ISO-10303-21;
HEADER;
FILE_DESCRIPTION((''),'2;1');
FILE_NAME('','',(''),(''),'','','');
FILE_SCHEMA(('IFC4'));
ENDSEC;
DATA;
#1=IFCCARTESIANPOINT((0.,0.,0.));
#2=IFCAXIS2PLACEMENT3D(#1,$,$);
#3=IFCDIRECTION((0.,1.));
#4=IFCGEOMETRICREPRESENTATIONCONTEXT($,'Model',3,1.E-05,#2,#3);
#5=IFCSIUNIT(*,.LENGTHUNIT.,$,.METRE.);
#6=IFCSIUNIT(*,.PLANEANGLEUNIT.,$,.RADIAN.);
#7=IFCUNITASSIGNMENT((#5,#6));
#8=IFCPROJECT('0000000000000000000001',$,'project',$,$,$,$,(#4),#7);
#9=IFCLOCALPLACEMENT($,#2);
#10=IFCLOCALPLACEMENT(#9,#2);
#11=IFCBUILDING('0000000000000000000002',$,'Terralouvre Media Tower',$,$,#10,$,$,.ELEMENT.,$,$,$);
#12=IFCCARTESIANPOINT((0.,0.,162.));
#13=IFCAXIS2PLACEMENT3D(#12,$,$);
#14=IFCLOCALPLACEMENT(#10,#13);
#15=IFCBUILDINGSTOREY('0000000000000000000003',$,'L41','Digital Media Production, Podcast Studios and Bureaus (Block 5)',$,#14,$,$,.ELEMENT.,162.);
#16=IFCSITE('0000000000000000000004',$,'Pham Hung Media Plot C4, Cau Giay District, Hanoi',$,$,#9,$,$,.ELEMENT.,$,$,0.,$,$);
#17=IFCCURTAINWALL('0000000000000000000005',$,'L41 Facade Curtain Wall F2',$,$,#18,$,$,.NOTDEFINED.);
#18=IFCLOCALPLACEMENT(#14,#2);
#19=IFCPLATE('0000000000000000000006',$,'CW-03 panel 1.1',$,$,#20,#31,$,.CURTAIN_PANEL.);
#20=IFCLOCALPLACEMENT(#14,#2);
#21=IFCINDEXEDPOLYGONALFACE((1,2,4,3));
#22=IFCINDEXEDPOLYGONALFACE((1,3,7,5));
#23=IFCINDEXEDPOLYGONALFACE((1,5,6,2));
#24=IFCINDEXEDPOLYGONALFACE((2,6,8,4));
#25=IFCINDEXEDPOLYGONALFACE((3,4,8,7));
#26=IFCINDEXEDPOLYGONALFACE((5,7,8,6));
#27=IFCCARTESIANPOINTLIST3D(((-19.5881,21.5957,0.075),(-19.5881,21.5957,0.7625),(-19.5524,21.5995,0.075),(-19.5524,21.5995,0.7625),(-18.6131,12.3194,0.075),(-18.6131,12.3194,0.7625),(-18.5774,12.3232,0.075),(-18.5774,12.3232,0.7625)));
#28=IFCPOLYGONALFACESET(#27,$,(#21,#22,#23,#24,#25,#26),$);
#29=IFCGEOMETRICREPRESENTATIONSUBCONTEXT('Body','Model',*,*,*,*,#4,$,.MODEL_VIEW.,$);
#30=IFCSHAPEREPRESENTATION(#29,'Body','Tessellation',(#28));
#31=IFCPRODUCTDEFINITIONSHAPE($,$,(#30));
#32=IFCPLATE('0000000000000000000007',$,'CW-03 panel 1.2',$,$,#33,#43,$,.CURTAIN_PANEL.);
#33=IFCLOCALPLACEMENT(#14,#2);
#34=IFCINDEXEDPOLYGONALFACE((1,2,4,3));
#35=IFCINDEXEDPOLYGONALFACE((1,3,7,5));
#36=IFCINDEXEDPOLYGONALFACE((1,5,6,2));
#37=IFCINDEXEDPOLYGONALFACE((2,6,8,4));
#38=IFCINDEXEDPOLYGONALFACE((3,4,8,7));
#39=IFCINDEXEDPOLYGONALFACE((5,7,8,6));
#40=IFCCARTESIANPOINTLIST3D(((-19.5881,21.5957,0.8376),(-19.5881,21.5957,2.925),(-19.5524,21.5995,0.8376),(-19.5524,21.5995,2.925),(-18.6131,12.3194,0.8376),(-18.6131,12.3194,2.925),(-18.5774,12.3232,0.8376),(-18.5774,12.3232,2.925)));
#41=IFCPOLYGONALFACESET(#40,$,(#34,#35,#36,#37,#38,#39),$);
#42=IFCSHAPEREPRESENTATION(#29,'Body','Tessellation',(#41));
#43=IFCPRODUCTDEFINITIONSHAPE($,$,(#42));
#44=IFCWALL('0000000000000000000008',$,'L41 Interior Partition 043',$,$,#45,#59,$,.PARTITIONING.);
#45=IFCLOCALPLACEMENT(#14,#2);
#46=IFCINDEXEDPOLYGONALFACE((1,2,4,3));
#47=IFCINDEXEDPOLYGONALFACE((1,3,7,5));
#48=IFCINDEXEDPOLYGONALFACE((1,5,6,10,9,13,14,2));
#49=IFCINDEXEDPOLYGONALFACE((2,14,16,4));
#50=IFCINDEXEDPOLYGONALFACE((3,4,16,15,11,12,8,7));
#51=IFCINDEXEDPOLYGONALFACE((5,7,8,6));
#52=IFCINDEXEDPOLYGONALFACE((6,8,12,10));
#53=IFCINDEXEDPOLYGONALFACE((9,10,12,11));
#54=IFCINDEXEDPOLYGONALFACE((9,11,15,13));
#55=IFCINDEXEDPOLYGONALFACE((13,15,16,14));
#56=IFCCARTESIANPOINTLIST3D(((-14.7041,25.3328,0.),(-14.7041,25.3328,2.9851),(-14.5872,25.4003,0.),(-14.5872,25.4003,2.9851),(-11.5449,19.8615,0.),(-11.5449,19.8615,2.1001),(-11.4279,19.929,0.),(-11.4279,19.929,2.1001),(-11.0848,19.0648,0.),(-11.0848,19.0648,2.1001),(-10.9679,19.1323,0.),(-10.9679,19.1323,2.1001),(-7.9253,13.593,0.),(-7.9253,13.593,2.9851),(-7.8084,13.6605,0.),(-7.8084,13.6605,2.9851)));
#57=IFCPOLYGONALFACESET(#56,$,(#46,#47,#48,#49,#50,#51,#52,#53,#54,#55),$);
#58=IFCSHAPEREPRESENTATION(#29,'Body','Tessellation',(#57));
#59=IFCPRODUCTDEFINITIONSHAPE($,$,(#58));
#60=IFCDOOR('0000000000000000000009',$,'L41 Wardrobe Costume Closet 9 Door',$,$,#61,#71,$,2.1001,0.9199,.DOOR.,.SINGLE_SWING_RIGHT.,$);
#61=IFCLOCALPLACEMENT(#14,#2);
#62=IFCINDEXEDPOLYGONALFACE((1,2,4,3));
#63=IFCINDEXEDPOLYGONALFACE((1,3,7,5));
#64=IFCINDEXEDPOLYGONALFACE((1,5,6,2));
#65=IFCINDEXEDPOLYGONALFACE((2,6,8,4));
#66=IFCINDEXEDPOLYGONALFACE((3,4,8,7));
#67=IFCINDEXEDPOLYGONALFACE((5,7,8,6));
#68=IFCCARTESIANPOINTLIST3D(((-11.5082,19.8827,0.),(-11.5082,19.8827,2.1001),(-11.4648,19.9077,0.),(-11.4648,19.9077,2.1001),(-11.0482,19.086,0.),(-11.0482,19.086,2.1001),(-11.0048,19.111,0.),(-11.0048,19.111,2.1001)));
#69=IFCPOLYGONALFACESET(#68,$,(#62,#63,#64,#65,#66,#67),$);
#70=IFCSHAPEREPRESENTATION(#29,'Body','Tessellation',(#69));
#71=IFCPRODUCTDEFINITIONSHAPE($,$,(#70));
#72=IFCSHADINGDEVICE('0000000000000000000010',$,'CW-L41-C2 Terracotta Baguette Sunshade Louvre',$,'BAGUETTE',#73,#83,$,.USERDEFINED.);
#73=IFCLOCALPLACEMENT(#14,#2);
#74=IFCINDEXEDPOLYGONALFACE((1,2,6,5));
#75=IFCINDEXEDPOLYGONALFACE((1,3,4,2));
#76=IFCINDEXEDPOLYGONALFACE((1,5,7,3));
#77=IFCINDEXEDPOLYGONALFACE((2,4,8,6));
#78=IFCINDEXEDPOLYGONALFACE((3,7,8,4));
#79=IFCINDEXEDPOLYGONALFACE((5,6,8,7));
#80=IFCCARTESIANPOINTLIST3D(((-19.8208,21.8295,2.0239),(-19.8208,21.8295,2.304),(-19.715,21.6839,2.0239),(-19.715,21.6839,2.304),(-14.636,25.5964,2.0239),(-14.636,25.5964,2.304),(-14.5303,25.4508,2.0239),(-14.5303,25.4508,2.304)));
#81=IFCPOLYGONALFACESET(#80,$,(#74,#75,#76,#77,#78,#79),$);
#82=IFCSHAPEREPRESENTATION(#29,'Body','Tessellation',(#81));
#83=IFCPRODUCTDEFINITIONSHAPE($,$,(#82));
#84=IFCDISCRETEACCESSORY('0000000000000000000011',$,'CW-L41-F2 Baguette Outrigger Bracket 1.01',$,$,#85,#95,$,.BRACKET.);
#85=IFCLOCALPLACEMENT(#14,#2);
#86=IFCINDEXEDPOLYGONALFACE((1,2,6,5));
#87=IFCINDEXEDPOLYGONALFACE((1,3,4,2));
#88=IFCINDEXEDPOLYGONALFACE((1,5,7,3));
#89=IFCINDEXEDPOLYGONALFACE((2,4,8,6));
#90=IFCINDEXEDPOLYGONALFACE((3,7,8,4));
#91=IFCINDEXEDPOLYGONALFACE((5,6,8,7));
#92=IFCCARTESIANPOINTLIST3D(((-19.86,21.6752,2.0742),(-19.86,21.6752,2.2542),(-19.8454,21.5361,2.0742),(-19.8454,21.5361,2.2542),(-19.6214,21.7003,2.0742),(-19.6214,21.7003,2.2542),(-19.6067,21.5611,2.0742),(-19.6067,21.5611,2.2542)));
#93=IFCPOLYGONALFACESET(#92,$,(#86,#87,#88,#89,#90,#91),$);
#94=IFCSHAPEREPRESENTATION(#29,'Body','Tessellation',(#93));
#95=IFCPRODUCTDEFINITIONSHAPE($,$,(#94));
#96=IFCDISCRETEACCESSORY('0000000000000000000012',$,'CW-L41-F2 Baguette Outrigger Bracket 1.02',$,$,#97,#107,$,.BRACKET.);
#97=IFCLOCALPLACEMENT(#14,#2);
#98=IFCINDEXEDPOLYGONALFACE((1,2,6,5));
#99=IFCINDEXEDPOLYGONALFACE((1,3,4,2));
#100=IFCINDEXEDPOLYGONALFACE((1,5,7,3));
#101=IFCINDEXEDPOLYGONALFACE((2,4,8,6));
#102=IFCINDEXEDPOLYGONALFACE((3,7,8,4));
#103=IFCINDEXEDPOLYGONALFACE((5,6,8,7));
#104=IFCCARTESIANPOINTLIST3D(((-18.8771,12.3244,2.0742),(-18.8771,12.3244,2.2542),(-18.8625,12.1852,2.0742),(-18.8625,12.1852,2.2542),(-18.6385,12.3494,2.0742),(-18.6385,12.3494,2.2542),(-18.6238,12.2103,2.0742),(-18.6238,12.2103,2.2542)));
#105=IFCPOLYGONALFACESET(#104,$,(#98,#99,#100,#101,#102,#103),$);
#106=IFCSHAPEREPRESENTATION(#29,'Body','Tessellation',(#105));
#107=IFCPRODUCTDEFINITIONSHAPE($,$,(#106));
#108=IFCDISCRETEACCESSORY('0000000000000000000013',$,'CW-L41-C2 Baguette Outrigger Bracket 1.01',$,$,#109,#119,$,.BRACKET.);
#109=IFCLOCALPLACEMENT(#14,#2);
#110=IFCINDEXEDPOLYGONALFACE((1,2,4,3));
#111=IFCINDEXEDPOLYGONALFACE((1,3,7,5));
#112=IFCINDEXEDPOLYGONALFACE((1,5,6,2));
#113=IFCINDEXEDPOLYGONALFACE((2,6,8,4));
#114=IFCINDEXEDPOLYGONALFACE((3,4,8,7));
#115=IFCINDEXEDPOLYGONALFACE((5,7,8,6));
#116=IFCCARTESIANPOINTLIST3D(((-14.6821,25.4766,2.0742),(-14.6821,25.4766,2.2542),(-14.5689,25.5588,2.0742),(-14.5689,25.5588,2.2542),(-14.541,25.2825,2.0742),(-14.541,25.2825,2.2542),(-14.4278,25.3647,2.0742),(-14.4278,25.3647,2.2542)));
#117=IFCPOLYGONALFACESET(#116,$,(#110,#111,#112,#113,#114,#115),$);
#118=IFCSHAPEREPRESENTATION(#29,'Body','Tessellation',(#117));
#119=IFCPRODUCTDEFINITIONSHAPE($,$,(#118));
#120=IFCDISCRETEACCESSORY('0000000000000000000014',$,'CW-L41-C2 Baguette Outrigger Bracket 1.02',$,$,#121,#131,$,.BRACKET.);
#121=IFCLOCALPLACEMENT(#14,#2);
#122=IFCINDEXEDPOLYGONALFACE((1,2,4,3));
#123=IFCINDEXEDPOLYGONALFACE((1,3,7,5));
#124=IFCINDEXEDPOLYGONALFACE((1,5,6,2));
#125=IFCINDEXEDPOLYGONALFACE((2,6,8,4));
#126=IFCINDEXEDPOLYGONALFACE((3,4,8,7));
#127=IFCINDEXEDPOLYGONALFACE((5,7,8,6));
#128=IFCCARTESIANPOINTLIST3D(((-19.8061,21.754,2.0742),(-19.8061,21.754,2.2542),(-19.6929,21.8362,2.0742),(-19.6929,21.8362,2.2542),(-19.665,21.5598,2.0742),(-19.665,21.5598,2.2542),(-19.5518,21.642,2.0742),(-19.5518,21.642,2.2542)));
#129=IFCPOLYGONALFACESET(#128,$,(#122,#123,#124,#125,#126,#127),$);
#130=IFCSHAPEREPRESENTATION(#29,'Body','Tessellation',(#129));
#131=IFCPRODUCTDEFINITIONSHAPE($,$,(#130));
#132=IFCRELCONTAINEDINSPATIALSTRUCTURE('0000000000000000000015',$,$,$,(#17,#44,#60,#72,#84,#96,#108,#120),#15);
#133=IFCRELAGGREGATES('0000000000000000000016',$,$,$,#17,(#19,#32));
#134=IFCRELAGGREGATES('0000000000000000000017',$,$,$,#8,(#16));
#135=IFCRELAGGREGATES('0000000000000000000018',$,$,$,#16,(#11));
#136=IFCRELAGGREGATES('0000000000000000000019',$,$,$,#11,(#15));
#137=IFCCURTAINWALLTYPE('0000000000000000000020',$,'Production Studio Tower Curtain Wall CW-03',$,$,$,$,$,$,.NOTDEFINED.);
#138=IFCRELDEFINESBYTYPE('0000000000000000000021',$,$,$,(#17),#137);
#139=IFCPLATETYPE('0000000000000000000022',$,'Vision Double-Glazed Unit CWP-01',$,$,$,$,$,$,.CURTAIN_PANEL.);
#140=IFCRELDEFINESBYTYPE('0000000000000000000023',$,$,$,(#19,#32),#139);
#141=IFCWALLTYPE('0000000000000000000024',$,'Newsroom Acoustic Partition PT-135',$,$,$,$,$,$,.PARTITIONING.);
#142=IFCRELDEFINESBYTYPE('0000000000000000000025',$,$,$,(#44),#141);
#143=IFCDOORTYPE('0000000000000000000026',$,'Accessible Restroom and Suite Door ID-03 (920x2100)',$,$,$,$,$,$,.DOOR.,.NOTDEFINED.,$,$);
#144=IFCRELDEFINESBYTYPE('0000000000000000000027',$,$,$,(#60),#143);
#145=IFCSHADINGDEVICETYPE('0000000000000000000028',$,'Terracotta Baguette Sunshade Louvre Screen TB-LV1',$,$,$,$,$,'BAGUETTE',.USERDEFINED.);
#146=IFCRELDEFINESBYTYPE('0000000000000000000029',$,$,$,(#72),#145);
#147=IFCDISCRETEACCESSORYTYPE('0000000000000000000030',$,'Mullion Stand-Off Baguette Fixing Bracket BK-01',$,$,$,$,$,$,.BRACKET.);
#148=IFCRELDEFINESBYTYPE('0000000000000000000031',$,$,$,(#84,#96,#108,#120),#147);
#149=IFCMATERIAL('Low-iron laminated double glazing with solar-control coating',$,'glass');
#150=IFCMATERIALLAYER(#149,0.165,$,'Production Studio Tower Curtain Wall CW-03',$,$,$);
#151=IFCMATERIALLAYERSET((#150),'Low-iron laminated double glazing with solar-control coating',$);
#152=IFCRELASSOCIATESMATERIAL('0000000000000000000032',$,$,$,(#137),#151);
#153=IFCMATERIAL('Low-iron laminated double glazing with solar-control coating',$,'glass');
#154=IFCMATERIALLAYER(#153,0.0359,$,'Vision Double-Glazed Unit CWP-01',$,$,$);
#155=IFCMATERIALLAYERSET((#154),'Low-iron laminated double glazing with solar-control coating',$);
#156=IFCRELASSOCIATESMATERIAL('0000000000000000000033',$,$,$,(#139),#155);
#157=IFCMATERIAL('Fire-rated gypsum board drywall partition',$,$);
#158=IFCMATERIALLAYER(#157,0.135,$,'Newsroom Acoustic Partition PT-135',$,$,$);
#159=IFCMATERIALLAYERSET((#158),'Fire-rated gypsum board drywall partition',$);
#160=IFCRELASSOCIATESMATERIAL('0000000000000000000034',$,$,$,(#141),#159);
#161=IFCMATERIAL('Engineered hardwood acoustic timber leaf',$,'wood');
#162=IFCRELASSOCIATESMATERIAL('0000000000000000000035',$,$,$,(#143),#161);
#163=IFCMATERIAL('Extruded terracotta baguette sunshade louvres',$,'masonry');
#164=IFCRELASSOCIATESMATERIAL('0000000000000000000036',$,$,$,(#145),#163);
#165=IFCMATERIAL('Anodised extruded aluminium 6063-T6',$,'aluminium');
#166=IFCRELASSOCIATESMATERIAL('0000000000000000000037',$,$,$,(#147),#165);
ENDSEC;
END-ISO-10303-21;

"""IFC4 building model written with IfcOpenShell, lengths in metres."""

from ifc_helpers import new_model, si_unit, direction, frame, frame_2d, origin, origin_2d, place, context, subcontext, project, spatial, rectangle, extrude, material, layer, layer_set, type_object, element, fill, aggregate, save


model = new_model("IFC4")

# Units and contexts
model_context = context("Model", 3, precision=1e-05, world=origin(), true_north=direction((0.0, 1.0)))
body_context = subcontext(model_context, "Body", "Model", "MODEL_VIEW")
ifc_project = project(units=[si_unit("LENGTHUNIT", "METRE"), si_unit("PLANEANGLEUNIT", "RADIAN")], contexts=[model_context])

# Site, building, storey
site_placement = place(None, origin())
site = spatial("IfcSite", under=ifc_project, at=site_placement, Name="Pham Hung Media Plot C4, Cau Giay District, Hanoi", CompositionType="ELEMENT", RefElevation=0.0)
building_placement = place(site_placement, origin())
building = spatial("IfcBuilding", under=site, at=building_placement, Name="Terralouvre Media Tower", CompositionType="ELEMENT")
storey_placement = place(building_placement, frame((0.0, 0.0, 162.0)))
storey = spatial("IfcBuildingStorey", under=building, at=storey_placement, Name="L41", Description="Digital Media Production, Podcast Studios and Bureaus (Block 5)", CompositionType="ELEMENT", Elevation=162.0)

# Curtain wall
ifc_material_1 = material(Name="Low-iron laminated double glazing with solar-control coating", Category="glass")
ifc_layer_1 = layer(ifc_material_1, 0.165, Name="Production Studio Tower Curtain Wall CW-03")
ifc_layer_set_1 = layer_set([ifc_layer_1], Name="Low-iron laminated double glazing with solar-control coating")
curtain_wall_type_1 = type_object("IfcCurtainWallType", Name="Production Studio Tower Curtain Wall CW-03", PredefinedType="NOTDEFINED", material=ifc_layer_set_1)
curtain_wall_1_placement = place(storey_placement, origin())
curtain_wall_1 = element("IfcCurtainWall", 1, at=curtain_wall_1_placement, inside=storey, type_object=curtain_wall_type_1, Name="L41 Facade Curtain Wall F2", PredefinedType="NOTDEFINED")

# Plates
ifc_material_2 = material(Name="Low-iron laminated double glazing with solar-control coating", Category="glass")
ifc_layer_2 = layer(ifc_material_2, 0.0359, Name="Vision Double-Glazed Unit CWP-01")
ifc_layer_set_2 = layer_set([ifc_layer_2], Name="Low-iron laminated double glazing with solar-control coating")
plate_type_1 = type_object("IfcPlateType", Name="Vision Double-Glazed Unit CWP-01", PredefinedType="CURTAIN_PANEL", material=ifc_layer_set_2)
plate_1_placement = place(storey_placement, frame((-19.0828, 16.9595, 0.075), z_axis=(0.0, 0.0, 1.0), x_axis=(0.104528, -0.994522, 0.0)))
plate_1 = element("IfcPlate", 2, at=plate_1_placement, type_object=plate_type_1, Name="CW-03 panel 1.1", PredefinedType="CURTAIN_PANEL", context=body_context, shape_type="SweptSolid", body=[
    extrude(rectangle(XDim=9.3274, YDim=0.0359, at=origin_2d()), origin(), (0.0, 0.0, 1.0), 0.6875),
])
plate_2_placement = place(storey_placement, frame((-19.0828, 16.9595, 0.8376), z_axis=(0.0, 0.0, 1.0), x_axis=(0.104528, -0.994522, 0.0)))
plate_2 = element("IfcPlate", 3, at=plate_2_placement, type_object=plate_type_1, Name="CW-03 panel 1.2", PredefinedType="CURTAIN_PANEL", context=body_context, shape_type="SweptSolid", body=[
    extrude(rectangle(XDim=9.3274, YDim=0.0359, at=origin_2d()), origin(), (0.0, 0.0, 1.0), 2.0874),
])
aggregate(curtain_wall_1, [plate_1, plate_2])

# Wall, opening, door
ifc_material_3 = material(Name="Fire-rated gypsum board drywall partition")
ifc_layer_3 = layer(ifc_material_3, 0.135, Name="Newsroom Acoustic Partition PT-135")
ifc_layer_set_3 = layer_set([ifc_layer_3], Name="Fire-rated gypsum board drywall partition")
wall_type = type_object("IfcWallType", Name="Newsroom Acoustic Partition PT-135", PredefinedType="PARTITIONING", material=ifc_layer_set_3)
wall_placement = place(storey_placement, frame((-14.6458, 25.3667, 0.0), z_axis=(0.0, 0.0, 1.0), x_axis=(0.500048, -0.865998, 0.0)))
wall = element("IfcWall", 4, at=wall_placement, inside=storey, type_object=wall_type, Name="L41 Interior Partition 043", PredefinedType="PARTITIONING", context=body_context, shape_type="SweptSolid", body=[
    extrude(rectangle(XDim=13.5564, YDim=0.135, at=frame_2d((6.7783, 0.0))), origin(), (0.0, 0.0, 1.0), 2.9851),
])
opening_placement = place(wall_placement, frame((6.3181, 0.0, 0.0)))
opening = element("IfcOpeningElement", 5, at=opening_placement, cuts=wall, PredefinedType="OPENING", context=body_context, shape_type="SweptSolid", body=[
    extrude(rectangle(XDim=0.9199, YDim=2.1001, at=frame_2d((0.46, 1.05))), frame((0.0, 0.0774, 0.0), z_axis=(0.0, -1.0, 0.0), x_axis=(1.0, 0.0, 0.0)), (0.0, 0.0, 1.0), 0.155),
])
ifc_material_4 = material(Name="Engineered hardwood acoustic timber leaf", Category="wood")
door_type = type_object("IfcDoorType", Name="Accessible Restroom and Suite Door ID-03 (920x2100)", OperationType="NOTDEFINED", PredefinedType="DOOR", material=ifc_material_4)
door_placement = place(opening_placement, origin())
door = element("IfcDoor", 6, at=door_placement, inside=storey, type_object=door_type, Name="L41 Wardrobe Costume Closet 9 Door", OperationType="SINGLE_SWING_RIGHT", OverallHeight=2.1001, OverallWidth=0.9199, PredefinedType="DOOR", context=body_context, shape_type="SweptSolid", body=[
    extrude(rectangle(XDim=0.9199, YDim=2.1001, at=frame_2d((0.46, 1.05))), frame((0.0, 0.0249, 0.0), z_axis=(0.0, -1.0, 0.0), x_axis=(1.0, 0.0, 0.0)), (0.0, 0.0, 1.0), 0.05),
])
fill(opening, door)

# Shading device
ifc_material_5 = material(Name="Extruded terracotta baguette sunshade louvres", Category="masonry")
shading_device_type = type_object("IfcShadingDeviceType", Name="Terracotta Baguette Sunshade Louvre Screen TB-LV1", ElementType="BAGUETTE", PredefinedType="USERDEFINED", material=ifc_material_5)
shading_device_placement = place(storey_placement, frame((-17.1755, 23.6401, 2.0239), z_axis=(0.0, 0.0, 1.0), x_axis=(-0.809017, -0.587785, 0.0)))
element("IfcShadingDevice", 7, at=shading_device_placement, inside=storey, type_object=shading_device_type, Name="CW-L41-C2 Terracotta Baguette Sunshade Louvre", ObjectType="BAGUETTE", PredefinedType="USERDEFINED", context=body_context, shape_type="SweptSolid", body=[
    extrude(rectangle(XDim=6.4087, YDim=0.1799, at=origin_2d()), origin(), (0.0, 0.0, 1.0), 0.28),
])

# Discrete accessories
ifc_material_6 = material(Name="Anodised extruded aluminium 6063-T6", Category="aluminium")
discrete_accessory_type = type_object("IfcDiscreteAccessoryType", Name="Mullion Stand-Off Baguette Fixing Bracket BK-01", PredefinedType="BRACKET", material=ifc_material_6)
for number, where, z_axis, x_axis, name in (
    (8, (-19.7334, 21.6182, 2.0742), (0.0, 0.0, 1.0), (0.104528, -0.994522, 0.0), "CW-L41-F2 Baguette Outrigger Bracket 1.01"),
    (9, (-18.7505, 12.2673, 2.0742), (0.0, 0.0, 1.0), (0.104528, -0.994522, 0.0), "CW-L41-F2 Baguette Outrigger Bracket 1.02"),
    (10, (-14.5549, 25.4207, 2.0742), (0.0, 0.0, 1.0), (-0.809017, -0.587785, 0.0), "CW-L41-C2 Baguette Outrigger Bracket 1.01"),
    (11, (-19.679, 21.698, 2.0742), (0.0, 0.0, 1.0), (-0.809017, -0.587785, 0.0), "CW-L41-C2 Baguette Outrigger Bracket 1.02"),
):
    element("IfcDiscreteAccessory", number, at=place(storey_placement, frame(where, z_axis=z_axis, x_axis=x_axis)), inside=storey, type_object=discrete_accessory_type, Name=name, PredefinedType="BRACKET", context=body_context, shape_type="SweptSolid", body=[
        extrude(rectangle(XDim=0.1399, YDim=0.24, at=origin_2d()), origin(), (0.0, 0.0, 1.0), 0.1799),
    ])

save(model, "model.ifc")
